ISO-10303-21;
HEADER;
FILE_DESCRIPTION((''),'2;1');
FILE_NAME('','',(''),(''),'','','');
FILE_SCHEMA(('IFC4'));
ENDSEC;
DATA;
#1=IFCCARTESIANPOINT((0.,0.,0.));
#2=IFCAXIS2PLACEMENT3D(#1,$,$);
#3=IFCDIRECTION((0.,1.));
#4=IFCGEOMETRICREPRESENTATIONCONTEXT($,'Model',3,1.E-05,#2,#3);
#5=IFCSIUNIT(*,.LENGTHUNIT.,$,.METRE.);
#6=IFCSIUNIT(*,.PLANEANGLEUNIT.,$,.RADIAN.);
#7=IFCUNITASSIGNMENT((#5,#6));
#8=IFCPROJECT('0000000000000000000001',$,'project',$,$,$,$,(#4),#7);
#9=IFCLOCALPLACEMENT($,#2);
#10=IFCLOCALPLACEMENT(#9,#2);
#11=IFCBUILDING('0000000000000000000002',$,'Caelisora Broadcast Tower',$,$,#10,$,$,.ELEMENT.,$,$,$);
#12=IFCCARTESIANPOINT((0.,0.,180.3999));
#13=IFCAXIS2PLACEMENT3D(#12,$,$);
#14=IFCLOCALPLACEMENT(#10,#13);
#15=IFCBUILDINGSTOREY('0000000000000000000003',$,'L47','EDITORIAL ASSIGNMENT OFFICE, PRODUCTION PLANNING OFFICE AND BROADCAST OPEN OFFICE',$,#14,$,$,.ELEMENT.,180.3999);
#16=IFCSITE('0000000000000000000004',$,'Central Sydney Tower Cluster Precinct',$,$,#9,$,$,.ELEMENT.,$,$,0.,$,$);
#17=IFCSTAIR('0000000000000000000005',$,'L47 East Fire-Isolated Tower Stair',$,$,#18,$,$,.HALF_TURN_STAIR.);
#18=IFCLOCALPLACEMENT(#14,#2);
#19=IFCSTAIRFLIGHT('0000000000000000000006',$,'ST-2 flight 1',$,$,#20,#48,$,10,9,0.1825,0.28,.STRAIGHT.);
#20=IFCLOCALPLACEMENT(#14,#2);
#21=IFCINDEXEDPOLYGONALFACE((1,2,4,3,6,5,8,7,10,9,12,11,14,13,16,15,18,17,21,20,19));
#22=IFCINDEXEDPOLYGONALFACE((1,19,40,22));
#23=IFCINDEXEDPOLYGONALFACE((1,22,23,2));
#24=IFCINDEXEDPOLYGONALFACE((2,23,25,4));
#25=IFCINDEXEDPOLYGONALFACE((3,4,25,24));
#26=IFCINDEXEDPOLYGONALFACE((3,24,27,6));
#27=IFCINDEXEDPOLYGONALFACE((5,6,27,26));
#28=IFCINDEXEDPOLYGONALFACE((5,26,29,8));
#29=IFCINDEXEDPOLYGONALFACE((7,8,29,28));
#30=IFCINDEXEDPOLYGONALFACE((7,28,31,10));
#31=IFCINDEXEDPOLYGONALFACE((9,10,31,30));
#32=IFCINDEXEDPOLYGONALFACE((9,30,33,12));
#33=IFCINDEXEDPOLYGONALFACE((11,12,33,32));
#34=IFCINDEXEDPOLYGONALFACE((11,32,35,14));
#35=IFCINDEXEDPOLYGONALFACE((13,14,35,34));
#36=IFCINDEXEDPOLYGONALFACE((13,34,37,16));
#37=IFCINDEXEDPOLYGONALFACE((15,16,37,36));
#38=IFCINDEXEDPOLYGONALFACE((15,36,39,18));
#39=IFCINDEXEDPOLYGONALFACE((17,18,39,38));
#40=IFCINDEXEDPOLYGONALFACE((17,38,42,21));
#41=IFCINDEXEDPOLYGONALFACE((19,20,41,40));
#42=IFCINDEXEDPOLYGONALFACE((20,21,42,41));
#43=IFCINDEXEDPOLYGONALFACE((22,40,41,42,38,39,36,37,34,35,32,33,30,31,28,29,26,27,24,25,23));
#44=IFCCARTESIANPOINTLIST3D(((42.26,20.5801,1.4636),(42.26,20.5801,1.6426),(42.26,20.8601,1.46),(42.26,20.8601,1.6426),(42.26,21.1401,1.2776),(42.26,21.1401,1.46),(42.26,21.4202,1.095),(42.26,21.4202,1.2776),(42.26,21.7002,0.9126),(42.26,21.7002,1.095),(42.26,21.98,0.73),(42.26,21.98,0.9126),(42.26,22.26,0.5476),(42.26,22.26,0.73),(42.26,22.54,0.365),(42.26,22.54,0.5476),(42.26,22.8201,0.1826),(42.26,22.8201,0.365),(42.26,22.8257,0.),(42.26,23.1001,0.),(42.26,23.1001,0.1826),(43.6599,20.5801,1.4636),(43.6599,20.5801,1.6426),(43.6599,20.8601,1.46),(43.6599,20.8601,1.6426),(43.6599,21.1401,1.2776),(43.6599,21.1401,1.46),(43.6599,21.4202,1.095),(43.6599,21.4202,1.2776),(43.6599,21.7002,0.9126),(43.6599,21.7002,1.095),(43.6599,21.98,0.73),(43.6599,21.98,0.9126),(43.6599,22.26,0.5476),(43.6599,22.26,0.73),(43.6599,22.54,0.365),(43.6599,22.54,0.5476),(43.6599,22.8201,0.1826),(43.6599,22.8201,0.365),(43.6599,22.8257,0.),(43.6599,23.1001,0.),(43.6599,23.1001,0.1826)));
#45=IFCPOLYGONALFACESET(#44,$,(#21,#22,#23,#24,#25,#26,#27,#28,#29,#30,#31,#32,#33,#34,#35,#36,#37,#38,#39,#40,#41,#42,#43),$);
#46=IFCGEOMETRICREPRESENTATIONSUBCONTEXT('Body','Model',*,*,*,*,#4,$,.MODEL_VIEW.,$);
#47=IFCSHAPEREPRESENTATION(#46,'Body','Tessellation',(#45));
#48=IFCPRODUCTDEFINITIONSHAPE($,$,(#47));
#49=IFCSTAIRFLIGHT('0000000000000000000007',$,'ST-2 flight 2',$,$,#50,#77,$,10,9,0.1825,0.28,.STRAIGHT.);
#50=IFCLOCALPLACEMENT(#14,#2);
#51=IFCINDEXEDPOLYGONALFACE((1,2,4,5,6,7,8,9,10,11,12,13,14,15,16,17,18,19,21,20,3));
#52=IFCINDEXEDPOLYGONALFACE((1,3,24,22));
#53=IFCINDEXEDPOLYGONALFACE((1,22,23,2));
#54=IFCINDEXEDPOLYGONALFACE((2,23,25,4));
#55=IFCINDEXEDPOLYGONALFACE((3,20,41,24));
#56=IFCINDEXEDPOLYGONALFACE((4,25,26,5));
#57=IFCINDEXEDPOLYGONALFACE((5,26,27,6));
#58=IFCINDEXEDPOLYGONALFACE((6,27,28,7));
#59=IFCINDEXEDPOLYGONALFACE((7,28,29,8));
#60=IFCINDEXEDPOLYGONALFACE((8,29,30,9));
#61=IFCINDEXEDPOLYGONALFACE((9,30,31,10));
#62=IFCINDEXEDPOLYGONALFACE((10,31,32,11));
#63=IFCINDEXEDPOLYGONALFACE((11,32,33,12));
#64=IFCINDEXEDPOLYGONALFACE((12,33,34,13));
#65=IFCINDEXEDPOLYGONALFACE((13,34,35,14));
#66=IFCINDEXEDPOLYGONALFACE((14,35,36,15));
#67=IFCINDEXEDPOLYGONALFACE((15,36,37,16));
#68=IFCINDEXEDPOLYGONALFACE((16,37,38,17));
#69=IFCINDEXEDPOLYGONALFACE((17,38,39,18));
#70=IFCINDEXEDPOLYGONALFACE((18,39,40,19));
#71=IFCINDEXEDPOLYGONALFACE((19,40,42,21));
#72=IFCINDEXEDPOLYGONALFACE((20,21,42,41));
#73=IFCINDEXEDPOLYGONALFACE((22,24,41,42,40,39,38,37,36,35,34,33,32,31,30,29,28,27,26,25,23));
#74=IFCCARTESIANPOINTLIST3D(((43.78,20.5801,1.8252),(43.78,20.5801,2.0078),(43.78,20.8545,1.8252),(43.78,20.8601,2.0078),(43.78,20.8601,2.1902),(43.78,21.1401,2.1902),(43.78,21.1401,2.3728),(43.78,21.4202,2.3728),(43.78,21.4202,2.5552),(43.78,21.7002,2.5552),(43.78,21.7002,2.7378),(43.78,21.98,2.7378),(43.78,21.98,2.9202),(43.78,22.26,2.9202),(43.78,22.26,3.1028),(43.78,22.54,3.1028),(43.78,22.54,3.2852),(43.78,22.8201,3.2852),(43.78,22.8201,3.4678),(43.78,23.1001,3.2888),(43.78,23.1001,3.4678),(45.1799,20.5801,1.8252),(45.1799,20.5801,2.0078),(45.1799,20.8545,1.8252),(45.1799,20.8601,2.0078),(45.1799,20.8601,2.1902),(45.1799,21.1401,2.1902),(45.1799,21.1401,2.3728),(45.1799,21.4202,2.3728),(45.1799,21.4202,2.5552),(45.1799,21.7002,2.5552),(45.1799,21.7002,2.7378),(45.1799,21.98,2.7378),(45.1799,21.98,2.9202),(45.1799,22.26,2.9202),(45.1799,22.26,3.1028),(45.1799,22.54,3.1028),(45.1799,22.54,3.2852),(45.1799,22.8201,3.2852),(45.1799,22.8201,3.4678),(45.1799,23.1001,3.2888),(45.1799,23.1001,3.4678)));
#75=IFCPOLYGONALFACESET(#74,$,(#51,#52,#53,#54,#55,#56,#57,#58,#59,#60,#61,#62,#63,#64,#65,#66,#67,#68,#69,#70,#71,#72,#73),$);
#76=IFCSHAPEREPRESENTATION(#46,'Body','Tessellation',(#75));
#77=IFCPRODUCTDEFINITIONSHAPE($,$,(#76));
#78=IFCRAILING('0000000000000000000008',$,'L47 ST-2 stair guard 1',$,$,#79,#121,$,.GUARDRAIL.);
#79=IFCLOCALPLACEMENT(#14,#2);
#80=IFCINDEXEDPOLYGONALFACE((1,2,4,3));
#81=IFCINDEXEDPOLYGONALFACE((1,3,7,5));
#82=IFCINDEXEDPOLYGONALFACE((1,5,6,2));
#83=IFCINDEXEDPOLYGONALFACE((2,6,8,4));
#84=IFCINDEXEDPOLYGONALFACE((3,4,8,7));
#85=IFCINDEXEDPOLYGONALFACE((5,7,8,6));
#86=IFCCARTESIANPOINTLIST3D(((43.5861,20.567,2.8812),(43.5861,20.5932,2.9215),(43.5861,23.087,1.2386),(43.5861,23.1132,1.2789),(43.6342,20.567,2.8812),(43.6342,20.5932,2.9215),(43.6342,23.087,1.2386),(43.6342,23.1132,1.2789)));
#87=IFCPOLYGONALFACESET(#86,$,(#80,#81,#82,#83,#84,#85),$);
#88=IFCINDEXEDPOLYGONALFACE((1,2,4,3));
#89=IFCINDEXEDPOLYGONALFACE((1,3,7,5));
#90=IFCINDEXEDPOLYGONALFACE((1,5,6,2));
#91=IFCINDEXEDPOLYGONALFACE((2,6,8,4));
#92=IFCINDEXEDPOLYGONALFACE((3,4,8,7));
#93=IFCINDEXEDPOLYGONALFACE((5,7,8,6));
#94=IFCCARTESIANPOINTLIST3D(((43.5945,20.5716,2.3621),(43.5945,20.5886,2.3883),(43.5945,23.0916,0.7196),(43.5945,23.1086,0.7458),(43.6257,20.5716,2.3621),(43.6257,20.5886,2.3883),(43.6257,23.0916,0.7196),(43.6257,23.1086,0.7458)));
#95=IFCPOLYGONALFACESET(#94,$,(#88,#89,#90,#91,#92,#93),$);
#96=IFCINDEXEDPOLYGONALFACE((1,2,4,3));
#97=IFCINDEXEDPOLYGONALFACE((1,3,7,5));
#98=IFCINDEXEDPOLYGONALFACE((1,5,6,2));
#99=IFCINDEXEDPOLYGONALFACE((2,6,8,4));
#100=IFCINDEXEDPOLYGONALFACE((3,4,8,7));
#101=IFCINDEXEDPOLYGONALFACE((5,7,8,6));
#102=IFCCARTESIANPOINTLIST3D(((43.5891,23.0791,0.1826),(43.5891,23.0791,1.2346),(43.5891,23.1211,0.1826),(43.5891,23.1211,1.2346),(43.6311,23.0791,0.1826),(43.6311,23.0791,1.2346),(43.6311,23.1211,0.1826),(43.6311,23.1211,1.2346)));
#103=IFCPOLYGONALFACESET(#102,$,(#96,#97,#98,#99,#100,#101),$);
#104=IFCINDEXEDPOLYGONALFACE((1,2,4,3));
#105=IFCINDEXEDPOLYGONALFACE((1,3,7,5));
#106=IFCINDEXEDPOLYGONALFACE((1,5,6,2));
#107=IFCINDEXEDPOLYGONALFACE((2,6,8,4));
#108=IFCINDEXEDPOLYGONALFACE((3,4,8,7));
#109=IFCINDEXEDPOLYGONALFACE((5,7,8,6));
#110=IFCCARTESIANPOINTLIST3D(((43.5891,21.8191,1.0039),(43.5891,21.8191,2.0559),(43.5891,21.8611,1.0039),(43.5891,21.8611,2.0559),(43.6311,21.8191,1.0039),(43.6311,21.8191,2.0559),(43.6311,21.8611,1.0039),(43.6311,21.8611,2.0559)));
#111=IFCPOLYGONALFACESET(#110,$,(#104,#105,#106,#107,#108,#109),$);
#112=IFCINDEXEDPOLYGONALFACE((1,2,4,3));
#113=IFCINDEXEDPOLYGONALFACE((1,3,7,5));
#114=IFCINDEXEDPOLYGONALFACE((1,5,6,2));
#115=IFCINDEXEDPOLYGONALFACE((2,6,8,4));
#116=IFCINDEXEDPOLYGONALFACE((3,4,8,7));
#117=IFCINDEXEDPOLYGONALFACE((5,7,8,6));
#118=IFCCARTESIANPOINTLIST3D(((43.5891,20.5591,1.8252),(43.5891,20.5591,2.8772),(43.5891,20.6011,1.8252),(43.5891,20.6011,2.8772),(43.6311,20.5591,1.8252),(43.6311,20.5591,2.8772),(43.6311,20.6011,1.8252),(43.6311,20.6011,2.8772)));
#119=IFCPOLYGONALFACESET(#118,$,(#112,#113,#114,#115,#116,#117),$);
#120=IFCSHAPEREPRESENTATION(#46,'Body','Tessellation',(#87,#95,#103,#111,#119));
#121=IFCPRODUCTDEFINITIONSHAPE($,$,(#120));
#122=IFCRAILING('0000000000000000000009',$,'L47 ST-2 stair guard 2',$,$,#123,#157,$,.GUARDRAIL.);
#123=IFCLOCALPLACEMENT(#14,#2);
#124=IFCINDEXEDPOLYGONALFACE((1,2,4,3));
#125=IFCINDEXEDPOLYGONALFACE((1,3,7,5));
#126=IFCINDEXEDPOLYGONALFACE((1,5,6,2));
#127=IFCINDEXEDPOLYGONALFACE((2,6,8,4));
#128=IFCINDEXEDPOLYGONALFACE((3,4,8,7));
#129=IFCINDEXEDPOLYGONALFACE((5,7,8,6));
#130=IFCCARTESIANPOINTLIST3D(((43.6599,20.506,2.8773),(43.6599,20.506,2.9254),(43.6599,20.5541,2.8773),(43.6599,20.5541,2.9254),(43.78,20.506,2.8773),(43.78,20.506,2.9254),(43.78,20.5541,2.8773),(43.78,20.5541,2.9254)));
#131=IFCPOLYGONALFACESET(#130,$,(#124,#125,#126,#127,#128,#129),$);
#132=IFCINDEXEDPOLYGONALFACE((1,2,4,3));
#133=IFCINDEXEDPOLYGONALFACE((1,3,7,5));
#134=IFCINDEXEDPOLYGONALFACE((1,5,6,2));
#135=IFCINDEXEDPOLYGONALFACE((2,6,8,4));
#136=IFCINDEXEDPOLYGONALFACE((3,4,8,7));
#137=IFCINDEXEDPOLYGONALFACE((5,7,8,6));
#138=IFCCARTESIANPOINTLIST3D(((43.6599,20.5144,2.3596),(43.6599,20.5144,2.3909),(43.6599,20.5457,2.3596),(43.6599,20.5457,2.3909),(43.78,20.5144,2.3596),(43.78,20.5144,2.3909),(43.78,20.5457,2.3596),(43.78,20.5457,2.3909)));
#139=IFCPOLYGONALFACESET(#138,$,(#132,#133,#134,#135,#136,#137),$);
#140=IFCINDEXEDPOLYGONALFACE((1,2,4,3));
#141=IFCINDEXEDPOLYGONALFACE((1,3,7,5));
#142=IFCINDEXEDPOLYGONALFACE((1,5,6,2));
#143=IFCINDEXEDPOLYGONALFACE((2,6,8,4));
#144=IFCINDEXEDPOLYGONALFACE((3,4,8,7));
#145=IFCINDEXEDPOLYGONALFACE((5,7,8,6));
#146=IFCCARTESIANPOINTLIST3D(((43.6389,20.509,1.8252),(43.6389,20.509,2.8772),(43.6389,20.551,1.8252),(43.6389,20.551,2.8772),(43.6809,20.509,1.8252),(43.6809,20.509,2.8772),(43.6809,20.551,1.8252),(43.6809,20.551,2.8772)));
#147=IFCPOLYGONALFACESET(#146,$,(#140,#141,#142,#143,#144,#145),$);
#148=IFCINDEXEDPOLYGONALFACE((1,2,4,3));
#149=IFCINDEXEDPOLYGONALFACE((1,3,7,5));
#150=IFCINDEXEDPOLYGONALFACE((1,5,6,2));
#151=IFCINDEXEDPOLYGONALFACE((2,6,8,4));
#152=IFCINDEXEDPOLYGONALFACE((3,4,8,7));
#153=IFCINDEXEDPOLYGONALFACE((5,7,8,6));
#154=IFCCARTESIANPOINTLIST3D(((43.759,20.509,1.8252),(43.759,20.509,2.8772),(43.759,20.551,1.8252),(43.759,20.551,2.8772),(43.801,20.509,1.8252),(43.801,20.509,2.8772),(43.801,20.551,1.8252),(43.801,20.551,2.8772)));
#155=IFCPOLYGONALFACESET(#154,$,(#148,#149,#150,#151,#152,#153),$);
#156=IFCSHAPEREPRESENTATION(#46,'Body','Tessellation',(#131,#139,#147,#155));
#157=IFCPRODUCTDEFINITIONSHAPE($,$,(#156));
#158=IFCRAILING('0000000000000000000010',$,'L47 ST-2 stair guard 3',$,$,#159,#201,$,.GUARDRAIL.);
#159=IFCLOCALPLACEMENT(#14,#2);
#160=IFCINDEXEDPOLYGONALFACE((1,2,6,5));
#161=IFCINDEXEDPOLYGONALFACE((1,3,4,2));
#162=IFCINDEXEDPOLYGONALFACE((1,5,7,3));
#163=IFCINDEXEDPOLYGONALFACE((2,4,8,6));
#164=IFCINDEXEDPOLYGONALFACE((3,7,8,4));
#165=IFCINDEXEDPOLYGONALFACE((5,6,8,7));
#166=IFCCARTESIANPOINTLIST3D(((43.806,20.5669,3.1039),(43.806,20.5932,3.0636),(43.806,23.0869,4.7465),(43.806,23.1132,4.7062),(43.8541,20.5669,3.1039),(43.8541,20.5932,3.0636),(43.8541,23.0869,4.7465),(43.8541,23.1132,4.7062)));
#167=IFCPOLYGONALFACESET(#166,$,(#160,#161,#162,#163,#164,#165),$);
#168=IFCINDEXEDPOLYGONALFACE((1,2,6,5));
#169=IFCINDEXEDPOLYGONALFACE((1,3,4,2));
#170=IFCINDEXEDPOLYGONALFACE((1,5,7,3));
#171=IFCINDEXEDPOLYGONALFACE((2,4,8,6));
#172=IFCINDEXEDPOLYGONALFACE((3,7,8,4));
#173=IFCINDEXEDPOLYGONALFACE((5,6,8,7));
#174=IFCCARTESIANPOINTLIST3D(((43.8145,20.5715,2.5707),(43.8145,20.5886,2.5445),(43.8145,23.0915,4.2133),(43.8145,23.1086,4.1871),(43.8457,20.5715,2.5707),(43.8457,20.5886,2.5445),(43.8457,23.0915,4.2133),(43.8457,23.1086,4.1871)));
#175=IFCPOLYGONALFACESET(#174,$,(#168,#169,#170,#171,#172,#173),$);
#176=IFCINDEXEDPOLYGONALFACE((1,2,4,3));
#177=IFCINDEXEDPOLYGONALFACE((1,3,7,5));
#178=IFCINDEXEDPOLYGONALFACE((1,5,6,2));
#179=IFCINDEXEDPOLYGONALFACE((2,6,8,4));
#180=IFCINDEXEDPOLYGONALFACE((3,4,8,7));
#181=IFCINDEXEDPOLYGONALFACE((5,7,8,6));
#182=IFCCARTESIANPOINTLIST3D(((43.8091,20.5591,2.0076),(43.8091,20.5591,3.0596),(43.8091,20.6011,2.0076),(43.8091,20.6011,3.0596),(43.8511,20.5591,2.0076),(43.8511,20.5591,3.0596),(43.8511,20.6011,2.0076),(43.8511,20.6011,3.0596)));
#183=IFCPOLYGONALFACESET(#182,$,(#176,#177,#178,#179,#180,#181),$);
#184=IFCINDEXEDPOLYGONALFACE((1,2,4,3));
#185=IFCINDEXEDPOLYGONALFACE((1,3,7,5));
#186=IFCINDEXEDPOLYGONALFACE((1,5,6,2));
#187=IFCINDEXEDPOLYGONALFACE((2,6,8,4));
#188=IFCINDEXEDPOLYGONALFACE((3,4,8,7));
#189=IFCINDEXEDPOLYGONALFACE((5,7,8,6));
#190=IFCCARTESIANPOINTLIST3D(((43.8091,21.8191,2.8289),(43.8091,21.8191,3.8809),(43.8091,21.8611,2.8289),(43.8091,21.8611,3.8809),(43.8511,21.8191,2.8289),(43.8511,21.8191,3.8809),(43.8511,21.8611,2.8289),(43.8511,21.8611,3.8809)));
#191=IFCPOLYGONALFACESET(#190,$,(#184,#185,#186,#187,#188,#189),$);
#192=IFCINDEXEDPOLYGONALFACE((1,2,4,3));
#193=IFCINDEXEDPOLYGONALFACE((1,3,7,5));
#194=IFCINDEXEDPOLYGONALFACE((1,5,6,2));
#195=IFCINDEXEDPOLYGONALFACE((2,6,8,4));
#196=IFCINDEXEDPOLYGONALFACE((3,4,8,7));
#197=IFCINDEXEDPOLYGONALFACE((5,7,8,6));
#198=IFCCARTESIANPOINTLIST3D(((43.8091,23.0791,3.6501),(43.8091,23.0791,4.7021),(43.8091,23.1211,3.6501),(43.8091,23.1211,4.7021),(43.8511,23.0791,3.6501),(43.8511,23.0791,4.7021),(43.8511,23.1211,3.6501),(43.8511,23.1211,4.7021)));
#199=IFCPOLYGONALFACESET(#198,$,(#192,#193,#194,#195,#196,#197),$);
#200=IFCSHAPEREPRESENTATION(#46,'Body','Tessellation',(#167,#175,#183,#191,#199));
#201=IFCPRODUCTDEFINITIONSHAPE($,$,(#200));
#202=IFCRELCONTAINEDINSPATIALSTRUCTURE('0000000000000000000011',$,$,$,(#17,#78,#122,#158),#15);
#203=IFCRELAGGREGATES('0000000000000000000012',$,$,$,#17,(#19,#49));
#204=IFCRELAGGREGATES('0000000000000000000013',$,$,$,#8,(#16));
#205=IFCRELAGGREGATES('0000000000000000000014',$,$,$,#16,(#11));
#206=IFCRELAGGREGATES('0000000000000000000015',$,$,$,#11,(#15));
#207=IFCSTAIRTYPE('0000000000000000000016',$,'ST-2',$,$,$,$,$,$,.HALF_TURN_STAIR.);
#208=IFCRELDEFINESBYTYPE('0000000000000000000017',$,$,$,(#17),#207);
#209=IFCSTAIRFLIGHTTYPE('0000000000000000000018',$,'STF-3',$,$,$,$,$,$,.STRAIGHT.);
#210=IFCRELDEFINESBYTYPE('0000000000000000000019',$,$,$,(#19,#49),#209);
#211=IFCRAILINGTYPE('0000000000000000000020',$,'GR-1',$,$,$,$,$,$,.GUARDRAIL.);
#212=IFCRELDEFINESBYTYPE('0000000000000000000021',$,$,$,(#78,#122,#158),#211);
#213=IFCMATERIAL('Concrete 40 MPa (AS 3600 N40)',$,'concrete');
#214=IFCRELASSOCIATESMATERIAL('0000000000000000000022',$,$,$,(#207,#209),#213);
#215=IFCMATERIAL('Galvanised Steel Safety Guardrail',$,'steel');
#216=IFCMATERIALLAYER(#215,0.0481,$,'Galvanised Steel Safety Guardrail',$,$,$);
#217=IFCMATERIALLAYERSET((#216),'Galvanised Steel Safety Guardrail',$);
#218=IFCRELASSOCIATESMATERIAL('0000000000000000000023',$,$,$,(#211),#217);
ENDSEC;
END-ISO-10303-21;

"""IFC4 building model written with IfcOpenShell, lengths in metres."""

from ifc_helpers import new_model, si_unit, direction, frame, origin, origin_2d, place, context, subcontext, project, spatial, polyline, rectangle, outline, extrude, material, layer, layer_set, type_object, element, aggregate, save


model = new_model("IFC4")

# Units and contexts
model_context = context("Model", 3, precision=1e-05, world=origin(), true_north=direction((0.0, 1.0)))
body_context = subcontext(model_context, "Body", "Model", "MODEL_VIEW")
ifc_project = project(units=[si_unit("LENGTHUNIT", "METRE"), si_unit("PLANEANGLEUNIT", "RADIAN")], contexts=[model_context])

# Site, building, storey
site_placement = place(None, origin())
site = spatial("IfcSite", under=ifc_project, at=site_placement, Name="Central Sydney Tower Cluster Precinct", CompositionType="ELEMENT", RefElevation=0.0)
building_placement = place(site_placement, origin())
building = spatial("IfcBuilding", under=site, at=building_placement, Name="Caelisora Broadcast Tower", CompositionType="ELEMENT")
storey_placement = place(building_placement, frame((0.0, 0.0, 180.3999)))
storey = spatial("IfcBuildingStorey", under=building, at=storey_placement, Name="L47", Description="EDITORIAL ASSIGNMENT OFFICE, PRODUCTION PLANNING OFFICE AND BROADCAST OPEN OFFICE", CompositionType="ELEMENT", Elevation=180.3999)

# Stair, stair flights
ifc_material_1 = material(Name="Concrete 40 MPa (AS 3600 N40)", Category="concrete")
stair_type = type_object("IfcStairType", Name="ST-2", PredefinedType="HALF_TURN_STAIR", material=ifc_material_1)
stair_placement = place(storey_placement, origin())
stair = element("IfcStair", 1, at=stair_placement, inside=storey, type_object=stair_type, Name="L47 East Fire-Isolated Tower Stair", PredefinedType="HALF_TURN_STAIR")
stair_flight_type = type_object("IfcStairFlightType", Name="STF-3", PredefinedType="STRAIGHT", material=ifc_material_1)
stair_flight_1_placement = place(storey_placement, frame((42.96, 23.1001, 0.0), z_axis=(0.0, 0.0, 1.0), x_axis=(0.0, -1.0, 0.0)))
stair_flight_1 = element("IfcStairFlight", 2, at=stair_flight_1_placement, type_object=stair_flight_type, Name="ST-2 flight 1", NumberOfRisers=10, NumberOfTreads=9, PredefinedType="STRAIGHT", RiserHeight=0.1825, TreadLength=0.28, context=body_context, shape_type="SweptSolid", body=[
    extrude(outline(polyline([(0.0, 0.0), (0.0, 0.1826), (0.28, 0.1826), (0.28, 0.365), (0.5601, 0.365), (0.5601, 0.5476), (0.8401, 0.5476), (0.8401, 0.73), (1.1201, 0.73), (1.1201, 0.9126), (1.3999, 0.9126), (1.3999, 1.095), (1.6799, 1.095), (1.6799, 1.2776), (1.96, 1.2776), (1.96, 1.46), (2.24, 1.46), (2.24, 1.6426), (2.52, 1.6426), (2.52, 1.825), (2.52, 1.4636), (0.2744, 0.0), (0.0, 0.0)])), frame((0.0, 0.7, 0.0), z_axis=(0.0, -1.0, 0.0), x_axis=(1.0, 0.0, 0.0)), (0.0, 0.0, 1.0), 1.3999),
])
stair_flight_2_placement = place(storey_placement, frame((44.48, 20.5801, 1.8252), z_axis=(0.0, 0.0, 1.0), x_axis=(0.0, 1.0, 0.0)))
stair_flight_2 = element("IfcStairFlight", 3, at=stair_flight_2_placement, type_object=stair_flight_type, Name="ST-2 flight 2", NumberOfRisers=10, NumberOfTreads=9, PredefinedType="STRAIGHT", RiserHeight=0.1825, TreadLength=0.28, context=body_context, shape_type="SweptSolid", body=[
    extrude(outline(polyline([(0.0, 0.0), (0.0, 0.1826), (0.28, 0.1826), (0.28, 0.365), (0.5601, 0.365), (0.5601, 0.5476), (0.8401, 0.5476), (0.8401, 0.73), (1.1201, 0.73), (1.1201, 0.9126), (1.3999, 0.9126), (1.3999, 1.095), (1.6799, 1.095), (1.6799, 1.2776), (1.96, 1.2776), (1.96, 1.46), (2.24, 1.46), (2.24, 1.6426), (2.52, 1.6426), (2.52, 1.825), (2.52, 1.4636), (0.2744, 0.0), (0.0, 0.0)])), frame((0.0, 0.7, 0.0), z_axis=(0.0, -1.0, 0.0), x_axis=(1.0, 0.0, 0.0)), (0.0, 0.0, 1.0), 1.3999),
])
aggregate(stair, [stair_flight_1, stair_flight_2])

# Railings
ifc_material_2 = material(Name="Galvanised Steel Safety Guardrail", Category="steel")
ifc_layer_1 = layer(ifc_material_2, 0.0481, Name="Galvanised Steel Safety Guardrail")
ifc_layer_set_1 = layer_set([ifc_layer_1], Name="Galvanised Steel Safety Guardrail")
railing_type_1 = type_object("IfcRailingType", Name="GR-1", PredefinedType="GUARDRAIL", material=ifc_layer_set_1)
railing_1_placement = place(storey_placement, frame((43.6101, 23.1001, 0.1826)))
element("IfcRailing", 4, at=railing_1_placement, inside=storey, type_object=railing_type_1, Name="L47 ST-2 stair guard 1", PredefinedType="GUARDRAIL", context=body_context, shape_type="SweptSolid", body=[
    extrude(rectangle(XDim=0.0481, YDim=0.0481, at=origin_2d()), frame((0.0, 0.0, 1.0762), z_axis=(0.0, -0.837749, 0.546055), x_axis=(1.0, 0.0, 0.0)), (0.0, 0.0, 1.0), 3.0081),
    extrude(rectangle(XDim=0.0312, YDim=0.0312, at=origin_2d()), frame((0.0, 0.0, 0.55), z_axis=(0.0, -0.837749, 0.546055), x_axis=(1.0, 0.0, 0.0)), (0.0, 0.0, 1.0), 3.0081),
    extrude(rectangle(XDim=0.042, YDim=0.042, at=origin_2d()), origin(), (0.0, 0.0, 1.0), 1.052),
    extrude(rectangle(XDim=0.042, YDim=0.042, at=origin_2d()), frame((0.0, -1.26, 0.8213)), (0.0, 0.0, 1.0), 1.052),
    extrude(rectangle(XDim=0.042, YDim=0.042, at=origin_2d()), frame((0.0, -2.52, 1.6426)), (0.0, 0.0, 1.0), 1.052),
])
railing_2_placement = place(storey_placement, frame((43.6599, 20.53, 1.8252)))
element("IfcRailing", 5, at=railing_2_placement, inside=storey, type_object=railing_type_1, Name="L47 ST-2 stair guard 2", PredefinedType="GUARDRAIL", context=body_context, shape_type="SweptSolid", body=[
    extrude(rectangle(XDim=0.0481, YDim=0.0481, at=origin_2d()), frame((0.0, 0.0, 1.0762), z_axis=(1.0, 0.0, 0.0), x_axis=(0.0, 1.0, 0.0)), (0.0, 0.0, 1.0), 0.1201),
    extrude(rectangle(XDim=0.0312, YDim=0.0312, at=origin_2d()), frame((0.0, 0.0, 0.55), z_axis=(1.0, 0.0, 0.0), x_axis=(0.0, 1.0, 0.0)), (0.0, 0.0, 1.0), 0.1201),
    extrude(rectangle(XDim=0.042, YDim=0.042, at=origin_2d()), origin(), (0.0, 0.0, 1.0), 1.052),
    extrude(rectangle(XDim=0.042, YDim=0.042, at=origin_2d()), frame((0.1201, 0.0, 0.0)), (0.0, 0.0, 1.0), 1.052),
])
railing_3_placement = place(storey_placement, frame((43.8301, 20.5801, 2.0076)))
element("IfcRailing", 6, at=railing_3_placement, inside=storey, type_object=railing_type_1, Name="L47 ST-2 stair guard 3", PredefinedType="GUARDRAIL", context=body_context, shape_type="SweptSolid", body=[
    extrude(rectangle(XDim=0.0481, YDim=0.0481, at=origin_2d()), frame((0.0, 0.0, 1.0762), z_axis=(0.0, 0.837749, 0.546055), x_axis=(-1.0, 0.0, 0.0)), (0.0, 0.0, 1.0), 3.0081),
    extrude(rectangle(XDim=0.0312, YDim=0.0312, at=origin_2d()), frame((0.0, 0.0, 0.55), z_axis=(0.0, 0.837749, 0.546055), x_axis=(-1.0, 0.0, 0.0)), (0.0, 0.0, 1.0), 3.0081),
    extrude(rectangle(XDim=0.042, YDim=0.042, at=origin_2d()), origin(), (0.0, 0.0, 1.0), 1.052),
    extrude(rectangle(XDim=0.042, YDim=0.042, at=origin_2d()), frame((0.0, 1.26, 0.8213)), (0.0, 0.0, 1.0), 1.052),
    extrude(rectangle(XDim=0.042, YDim=0.042, at=origin_2d()), frame((0.0, 2.52, 1.6426)), (0.0, 0.0, 1.0), 1.052),
])

save(model, "model.ifc")
